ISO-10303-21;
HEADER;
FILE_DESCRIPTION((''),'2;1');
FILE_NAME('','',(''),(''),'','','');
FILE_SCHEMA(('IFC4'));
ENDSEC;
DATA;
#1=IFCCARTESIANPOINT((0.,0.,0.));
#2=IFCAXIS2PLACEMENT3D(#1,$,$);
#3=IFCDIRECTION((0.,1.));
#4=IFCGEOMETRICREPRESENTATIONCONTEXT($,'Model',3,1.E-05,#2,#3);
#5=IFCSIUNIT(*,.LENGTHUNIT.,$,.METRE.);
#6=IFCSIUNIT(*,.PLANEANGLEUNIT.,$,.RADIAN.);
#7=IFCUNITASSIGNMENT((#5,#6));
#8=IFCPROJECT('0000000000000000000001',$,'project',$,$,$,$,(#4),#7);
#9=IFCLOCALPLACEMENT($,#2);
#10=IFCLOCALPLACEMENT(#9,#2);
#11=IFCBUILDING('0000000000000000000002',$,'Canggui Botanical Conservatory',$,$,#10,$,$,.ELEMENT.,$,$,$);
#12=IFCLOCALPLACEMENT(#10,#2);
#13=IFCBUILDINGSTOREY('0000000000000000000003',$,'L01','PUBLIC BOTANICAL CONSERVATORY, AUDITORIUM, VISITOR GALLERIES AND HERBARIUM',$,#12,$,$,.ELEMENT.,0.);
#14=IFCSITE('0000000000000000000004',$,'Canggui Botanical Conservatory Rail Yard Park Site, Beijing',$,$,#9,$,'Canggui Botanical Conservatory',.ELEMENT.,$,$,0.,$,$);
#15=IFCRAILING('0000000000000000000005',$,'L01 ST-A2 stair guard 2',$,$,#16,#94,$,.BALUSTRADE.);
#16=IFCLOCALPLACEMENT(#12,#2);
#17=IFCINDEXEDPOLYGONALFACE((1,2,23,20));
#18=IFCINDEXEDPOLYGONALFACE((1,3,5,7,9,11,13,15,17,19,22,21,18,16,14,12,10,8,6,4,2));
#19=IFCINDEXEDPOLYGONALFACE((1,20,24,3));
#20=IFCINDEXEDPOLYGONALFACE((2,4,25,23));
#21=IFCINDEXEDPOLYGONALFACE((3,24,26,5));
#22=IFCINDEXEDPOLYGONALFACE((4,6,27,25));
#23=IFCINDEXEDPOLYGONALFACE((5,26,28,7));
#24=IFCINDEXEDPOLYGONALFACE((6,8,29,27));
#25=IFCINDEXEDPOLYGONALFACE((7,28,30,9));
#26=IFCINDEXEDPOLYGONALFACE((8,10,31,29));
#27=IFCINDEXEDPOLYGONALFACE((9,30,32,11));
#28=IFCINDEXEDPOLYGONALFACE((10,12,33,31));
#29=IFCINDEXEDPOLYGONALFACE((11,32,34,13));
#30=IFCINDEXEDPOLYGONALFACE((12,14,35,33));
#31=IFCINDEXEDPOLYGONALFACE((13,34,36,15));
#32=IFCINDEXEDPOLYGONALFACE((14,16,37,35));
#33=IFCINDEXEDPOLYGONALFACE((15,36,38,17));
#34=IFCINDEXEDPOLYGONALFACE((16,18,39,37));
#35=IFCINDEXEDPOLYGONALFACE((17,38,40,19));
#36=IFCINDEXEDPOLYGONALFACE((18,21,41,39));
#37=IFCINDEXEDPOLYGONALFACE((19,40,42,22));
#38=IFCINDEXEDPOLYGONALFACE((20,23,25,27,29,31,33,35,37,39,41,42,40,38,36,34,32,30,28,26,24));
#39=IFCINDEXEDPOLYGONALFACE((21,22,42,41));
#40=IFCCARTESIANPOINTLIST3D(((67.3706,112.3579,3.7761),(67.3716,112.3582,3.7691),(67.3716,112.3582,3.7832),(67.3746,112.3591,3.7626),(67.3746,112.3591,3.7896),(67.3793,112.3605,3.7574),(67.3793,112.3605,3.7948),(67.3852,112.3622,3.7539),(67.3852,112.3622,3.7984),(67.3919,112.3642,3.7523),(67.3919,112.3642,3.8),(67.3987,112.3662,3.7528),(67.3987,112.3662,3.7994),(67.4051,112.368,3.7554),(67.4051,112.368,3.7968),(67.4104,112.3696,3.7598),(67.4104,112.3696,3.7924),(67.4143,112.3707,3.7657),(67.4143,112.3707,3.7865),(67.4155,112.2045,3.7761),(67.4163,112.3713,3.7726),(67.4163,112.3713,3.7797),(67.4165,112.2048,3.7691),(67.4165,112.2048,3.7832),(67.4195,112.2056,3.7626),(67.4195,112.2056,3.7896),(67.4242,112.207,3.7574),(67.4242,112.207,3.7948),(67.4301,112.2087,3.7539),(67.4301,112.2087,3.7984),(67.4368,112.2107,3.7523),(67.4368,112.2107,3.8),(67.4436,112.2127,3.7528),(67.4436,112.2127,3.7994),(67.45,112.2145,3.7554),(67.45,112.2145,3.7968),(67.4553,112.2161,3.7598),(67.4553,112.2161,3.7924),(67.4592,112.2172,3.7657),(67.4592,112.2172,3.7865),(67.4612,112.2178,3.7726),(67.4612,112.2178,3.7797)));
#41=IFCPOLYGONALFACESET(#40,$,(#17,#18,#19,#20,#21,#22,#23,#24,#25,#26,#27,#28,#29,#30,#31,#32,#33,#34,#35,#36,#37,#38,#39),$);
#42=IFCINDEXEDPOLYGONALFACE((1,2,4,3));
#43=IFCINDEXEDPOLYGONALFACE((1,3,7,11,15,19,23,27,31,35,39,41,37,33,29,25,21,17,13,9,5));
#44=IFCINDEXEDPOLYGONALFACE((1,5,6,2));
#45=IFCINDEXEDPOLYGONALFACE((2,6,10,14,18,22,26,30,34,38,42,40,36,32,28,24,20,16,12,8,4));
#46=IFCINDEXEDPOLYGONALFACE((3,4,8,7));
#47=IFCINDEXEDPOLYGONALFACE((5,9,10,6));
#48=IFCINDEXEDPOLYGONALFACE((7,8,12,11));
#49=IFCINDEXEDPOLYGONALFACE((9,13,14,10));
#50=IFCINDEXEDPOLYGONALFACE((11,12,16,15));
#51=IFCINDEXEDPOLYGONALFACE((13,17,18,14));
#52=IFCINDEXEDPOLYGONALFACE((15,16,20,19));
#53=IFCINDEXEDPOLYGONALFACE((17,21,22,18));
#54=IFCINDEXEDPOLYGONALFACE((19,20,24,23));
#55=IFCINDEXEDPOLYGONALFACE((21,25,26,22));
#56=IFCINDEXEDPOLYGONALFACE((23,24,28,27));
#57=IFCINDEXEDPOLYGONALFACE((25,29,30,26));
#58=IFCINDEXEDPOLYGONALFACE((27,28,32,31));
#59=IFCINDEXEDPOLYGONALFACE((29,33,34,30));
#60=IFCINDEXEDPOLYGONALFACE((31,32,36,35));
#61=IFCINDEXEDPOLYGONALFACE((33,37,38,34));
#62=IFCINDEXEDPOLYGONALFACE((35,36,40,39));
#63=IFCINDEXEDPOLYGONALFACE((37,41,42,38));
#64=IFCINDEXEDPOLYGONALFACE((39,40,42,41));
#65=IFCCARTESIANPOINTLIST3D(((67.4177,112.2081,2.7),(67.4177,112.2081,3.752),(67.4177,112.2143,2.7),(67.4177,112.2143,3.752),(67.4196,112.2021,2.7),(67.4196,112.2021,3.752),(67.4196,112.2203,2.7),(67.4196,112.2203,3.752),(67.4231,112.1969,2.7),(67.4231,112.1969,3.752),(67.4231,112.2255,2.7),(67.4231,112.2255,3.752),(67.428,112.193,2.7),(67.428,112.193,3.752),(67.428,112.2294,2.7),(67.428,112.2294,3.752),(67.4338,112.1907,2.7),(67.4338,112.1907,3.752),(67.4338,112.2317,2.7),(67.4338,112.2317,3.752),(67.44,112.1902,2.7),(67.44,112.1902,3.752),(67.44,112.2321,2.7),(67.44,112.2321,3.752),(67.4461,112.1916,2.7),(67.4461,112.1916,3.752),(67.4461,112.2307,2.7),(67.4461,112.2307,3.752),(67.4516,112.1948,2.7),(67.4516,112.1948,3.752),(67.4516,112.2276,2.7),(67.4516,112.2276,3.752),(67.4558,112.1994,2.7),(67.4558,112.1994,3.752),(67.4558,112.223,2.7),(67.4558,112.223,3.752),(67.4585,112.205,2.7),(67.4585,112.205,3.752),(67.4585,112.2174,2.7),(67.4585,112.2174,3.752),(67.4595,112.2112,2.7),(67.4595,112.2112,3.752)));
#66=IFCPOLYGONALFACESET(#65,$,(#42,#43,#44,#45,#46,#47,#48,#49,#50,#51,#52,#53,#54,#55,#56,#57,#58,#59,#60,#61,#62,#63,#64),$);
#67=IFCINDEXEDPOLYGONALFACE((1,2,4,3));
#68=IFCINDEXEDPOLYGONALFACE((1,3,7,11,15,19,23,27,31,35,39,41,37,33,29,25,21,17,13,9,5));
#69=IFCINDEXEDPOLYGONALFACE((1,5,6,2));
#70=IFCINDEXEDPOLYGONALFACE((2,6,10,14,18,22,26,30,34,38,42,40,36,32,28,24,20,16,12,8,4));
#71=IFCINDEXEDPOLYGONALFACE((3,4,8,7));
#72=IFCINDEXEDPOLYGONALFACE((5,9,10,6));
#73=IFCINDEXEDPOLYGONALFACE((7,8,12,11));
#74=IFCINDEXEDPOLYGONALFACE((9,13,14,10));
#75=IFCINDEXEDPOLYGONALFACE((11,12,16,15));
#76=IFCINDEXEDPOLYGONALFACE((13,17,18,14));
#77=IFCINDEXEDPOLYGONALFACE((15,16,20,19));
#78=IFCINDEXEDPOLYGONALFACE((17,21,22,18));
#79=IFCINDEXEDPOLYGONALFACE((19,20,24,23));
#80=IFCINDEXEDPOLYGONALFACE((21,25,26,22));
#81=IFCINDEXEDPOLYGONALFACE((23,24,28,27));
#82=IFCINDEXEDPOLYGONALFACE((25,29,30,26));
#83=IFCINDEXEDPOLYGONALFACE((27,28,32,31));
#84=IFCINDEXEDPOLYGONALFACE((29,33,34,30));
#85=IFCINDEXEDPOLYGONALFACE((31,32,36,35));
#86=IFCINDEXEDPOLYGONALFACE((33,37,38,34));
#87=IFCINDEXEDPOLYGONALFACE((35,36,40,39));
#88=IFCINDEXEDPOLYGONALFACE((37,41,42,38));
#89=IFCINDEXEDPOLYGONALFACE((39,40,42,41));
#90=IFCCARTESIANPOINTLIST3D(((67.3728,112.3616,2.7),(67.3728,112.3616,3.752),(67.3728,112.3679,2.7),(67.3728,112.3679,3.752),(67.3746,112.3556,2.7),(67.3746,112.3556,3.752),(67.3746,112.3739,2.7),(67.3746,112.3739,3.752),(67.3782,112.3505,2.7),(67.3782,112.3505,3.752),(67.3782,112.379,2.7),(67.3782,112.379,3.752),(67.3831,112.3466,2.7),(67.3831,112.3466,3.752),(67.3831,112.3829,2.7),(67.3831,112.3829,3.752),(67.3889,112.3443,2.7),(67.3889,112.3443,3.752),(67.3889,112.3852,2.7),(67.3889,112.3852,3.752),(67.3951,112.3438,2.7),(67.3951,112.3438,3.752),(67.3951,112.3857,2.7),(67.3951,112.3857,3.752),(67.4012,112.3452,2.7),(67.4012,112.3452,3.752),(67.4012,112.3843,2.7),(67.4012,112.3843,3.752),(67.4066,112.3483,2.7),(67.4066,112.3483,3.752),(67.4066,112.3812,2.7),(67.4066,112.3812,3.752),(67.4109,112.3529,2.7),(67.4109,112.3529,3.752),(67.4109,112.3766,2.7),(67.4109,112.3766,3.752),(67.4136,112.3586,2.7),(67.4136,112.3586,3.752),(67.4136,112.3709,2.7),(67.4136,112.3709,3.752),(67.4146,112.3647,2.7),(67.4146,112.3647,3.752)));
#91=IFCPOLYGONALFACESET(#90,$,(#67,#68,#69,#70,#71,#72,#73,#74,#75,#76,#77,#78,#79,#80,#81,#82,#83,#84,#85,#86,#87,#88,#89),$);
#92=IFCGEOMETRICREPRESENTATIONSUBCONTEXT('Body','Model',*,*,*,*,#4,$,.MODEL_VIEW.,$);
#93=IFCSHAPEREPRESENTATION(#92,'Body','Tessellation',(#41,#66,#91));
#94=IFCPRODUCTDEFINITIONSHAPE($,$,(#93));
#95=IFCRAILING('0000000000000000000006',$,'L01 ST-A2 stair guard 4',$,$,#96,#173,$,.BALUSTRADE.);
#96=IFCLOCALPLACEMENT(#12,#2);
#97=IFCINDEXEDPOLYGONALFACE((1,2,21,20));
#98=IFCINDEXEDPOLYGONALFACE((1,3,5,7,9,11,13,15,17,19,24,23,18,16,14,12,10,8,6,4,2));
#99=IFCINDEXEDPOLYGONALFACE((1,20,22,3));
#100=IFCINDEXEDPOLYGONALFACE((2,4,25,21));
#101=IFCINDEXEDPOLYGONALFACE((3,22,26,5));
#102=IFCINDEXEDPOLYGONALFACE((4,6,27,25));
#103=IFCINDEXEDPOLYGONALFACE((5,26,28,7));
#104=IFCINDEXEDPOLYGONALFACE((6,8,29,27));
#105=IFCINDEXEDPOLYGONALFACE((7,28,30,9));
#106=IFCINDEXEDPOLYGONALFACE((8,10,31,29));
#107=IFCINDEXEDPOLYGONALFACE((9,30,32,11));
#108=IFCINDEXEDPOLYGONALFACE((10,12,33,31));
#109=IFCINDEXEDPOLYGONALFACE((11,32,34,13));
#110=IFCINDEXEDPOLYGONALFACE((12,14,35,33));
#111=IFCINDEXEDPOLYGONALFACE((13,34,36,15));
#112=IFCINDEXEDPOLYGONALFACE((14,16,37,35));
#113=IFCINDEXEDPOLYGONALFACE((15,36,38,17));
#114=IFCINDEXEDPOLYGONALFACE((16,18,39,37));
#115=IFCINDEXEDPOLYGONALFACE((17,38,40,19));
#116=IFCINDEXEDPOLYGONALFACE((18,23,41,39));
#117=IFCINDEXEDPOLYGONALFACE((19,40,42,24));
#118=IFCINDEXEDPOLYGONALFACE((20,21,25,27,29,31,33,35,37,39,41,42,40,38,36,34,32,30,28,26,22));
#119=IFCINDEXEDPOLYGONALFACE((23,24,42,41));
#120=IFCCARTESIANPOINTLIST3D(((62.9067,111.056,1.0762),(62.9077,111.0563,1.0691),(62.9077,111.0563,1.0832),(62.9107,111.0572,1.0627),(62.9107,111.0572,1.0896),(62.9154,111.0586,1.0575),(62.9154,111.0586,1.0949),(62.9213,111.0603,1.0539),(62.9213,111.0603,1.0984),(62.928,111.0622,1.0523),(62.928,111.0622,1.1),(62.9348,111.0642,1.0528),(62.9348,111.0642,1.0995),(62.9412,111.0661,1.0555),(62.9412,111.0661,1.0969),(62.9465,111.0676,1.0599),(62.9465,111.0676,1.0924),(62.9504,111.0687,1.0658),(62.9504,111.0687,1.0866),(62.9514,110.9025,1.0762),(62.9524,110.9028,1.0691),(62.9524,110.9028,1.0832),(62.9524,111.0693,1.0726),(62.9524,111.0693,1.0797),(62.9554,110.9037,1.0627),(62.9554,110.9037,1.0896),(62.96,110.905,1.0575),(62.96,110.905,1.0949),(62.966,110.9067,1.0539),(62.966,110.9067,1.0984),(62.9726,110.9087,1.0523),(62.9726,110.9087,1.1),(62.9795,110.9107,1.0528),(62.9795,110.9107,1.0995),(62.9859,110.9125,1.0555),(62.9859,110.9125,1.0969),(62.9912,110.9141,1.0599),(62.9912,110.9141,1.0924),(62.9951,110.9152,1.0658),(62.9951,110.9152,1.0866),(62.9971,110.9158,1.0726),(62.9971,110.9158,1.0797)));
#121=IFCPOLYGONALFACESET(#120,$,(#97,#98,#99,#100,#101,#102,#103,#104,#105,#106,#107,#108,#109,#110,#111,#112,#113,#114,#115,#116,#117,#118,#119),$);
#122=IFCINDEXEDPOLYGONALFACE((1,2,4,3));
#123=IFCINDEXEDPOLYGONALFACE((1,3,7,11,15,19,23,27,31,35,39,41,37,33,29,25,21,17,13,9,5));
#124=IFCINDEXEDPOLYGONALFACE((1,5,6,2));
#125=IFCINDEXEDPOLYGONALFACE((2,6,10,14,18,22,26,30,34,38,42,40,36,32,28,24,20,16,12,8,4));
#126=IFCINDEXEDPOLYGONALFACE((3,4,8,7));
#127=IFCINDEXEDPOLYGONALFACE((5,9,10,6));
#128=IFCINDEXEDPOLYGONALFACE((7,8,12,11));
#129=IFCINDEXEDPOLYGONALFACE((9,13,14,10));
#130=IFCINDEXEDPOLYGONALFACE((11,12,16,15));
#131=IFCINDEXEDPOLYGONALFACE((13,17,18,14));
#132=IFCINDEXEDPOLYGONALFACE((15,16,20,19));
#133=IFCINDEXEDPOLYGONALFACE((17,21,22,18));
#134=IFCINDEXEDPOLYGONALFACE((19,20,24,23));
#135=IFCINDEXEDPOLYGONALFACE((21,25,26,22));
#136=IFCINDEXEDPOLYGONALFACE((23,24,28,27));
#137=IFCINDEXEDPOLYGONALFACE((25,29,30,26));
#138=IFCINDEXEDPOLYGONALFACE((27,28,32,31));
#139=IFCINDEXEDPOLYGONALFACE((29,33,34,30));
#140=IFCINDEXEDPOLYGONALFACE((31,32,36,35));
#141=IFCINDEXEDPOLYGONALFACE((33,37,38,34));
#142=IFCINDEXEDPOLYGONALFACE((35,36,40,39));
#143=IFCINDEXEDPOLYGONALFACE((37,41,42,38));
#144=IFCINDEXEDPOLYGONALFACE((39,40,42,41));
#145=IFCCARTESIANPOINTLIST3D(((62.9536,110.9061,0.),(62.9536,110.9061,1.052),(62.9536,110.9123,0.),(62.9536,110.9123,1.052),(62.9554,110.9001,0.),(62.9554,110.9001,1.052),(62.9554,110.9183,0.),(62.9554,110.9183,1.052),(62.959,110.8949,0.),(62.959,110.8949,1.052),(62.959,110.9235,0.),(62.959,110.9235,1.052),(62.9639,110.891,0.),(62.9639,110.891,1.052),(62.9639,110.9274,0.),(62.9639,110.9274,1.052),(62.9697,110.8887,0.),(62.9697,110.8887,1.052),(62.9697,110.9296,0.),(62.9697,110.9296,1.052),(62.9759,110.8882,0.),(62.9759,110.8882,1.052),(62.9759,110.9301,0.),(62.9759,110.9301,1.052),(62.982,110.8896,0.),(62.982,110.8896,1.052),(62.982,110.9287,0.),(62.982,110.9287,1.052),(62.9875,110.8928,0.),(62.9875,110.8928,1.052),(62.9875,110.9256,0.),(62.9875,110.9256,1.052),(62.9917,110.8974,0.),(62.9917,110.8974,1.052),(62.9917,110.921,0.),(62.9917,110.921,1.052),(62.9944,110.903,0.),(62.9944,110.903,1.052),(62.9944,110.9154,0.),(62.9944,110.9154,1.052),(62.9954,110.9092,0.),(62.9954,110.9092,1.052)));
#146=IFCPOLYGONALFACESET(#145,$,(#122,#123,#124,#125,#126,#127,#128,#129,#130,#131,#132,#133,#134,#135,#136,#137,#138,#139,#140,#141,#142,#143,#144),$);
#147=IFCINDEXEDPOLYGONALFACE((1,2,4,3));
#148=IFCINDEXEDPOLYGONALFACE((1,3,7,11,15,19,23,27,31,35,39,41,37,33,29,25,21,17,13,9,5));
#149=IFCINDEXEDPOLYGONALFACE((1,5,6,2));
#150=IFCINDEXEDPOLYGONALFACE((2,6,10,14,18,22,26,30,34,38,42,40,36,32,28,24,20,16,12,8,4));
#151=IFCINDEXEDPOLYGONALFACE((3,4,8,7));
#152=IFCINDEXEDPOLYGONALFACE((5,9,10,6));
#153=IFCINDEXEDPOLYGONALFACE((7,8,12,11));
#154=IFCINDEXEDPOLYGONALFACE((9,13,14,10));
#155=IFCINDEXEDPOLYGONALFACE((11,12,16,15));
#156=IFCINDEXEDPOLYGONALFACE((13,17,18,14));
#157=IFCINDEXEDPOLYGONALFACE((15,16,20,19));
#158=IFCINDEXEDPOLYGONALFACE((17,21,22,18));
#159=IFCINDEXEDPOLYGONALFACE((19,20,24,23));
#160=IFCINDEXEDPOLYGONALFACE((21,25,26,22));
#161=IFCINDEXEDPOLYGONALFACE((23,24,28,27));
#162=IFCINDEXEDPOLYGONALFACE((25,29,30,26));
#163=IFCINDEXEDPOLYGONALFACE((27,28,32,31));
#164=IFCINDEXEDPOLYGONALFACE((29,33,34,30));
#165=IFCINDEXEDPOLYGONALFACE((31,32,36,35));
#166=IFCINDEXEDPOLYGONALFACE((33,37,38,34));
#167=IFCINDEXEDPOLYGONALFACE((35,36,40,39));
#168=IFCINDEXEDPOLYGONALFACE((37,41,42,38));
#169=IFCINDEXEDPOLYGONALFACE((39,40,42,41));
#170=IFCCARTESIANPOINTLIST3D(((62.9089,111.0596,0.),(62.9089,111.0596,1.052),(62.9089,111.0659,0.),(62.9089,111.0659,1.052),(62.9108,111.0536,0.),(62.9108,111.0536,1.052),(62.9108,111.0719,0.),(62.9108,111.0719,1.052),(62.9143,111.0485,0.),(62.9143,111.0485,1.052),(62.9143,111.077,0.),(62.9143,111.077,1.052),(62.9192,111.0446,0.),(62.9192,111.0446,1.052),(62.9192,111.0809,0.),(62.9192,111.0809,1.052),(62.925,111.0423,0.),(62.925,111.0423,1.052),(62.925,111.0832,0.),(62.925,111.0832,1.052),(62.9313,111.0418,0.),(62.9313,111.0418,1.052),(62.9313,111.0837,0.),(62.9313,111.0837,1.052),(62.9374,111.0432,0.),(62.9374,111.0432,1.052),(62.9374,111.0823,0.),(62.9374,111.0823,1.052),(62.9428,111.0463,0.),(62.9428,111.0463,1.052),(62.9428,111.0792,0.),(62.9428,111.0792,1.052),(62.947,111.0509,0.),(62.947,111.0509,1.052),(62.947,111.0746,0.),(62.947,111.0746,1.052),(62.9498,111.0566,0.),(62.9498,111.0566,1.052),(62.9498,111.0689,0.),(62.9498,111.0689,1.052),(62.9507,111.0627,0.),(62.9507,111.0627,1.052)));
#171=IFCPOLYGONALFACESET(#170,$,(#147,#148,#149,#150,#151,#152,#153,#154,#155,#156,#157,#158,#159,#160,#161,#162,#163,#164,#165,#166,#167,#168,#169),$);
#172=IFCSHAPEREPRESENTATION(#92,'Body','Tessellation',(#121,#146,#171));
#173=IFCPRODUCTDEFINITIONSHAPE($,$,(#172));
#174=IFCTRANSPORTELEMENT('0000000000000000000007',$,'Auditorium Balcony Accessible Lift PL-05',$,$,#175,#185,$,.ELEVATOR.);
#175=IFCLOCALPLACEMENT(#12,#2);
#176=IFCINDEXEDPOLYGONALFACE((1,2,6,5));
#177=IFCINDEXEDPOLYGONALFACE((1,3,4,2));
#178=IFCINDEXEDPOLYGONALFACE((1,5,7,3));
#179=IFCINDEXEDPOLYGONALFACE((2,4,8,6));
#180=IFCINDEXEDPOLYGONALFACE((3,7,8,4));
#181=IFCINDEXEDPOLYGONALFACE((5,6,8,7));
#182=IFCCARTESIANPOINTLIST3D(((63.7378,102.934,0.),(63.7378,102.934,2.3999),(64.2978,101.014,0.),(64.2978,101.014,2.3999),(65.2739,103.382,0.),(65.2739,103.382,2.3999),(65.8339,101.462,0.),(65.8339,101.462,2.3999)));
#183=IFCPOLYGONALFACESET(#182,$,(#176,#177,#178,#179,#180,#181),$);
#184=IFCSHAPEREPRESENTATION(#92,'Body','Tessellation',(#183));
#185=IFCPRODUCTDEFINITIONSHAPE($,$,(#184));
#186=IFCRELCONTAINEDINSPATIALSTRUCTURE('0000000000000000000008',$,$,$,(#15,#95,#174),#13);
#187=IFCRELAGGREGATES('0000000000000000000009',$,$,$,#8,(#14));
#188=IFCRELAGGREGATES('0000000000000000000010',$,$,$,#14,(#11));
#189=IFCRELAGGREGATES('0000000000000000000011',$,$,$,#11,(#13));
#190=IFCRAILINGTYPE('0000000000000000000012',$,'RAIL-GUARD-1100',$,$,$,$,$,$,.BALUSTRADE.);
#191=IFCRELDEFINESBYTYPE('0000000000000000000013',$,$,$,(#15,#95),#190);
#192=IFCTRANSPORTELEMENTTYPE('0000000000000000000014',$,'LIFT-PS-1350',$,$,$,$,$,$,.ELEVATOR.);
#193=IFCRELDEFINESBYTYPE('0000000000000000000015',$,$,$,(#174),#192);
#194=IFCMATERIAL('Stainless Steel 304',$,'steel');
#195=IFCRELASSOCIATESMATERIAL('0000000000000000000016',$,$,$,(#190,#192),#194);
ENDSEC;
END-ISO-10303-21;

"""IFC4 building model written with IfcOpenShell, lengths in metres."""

from ifc_helpers import new_model, si_unit, direction, frame, origin, origin_2d, place, context, subcontext, project, spatial, rectangle, circle, extrude, material, type_object, element, save


model = new_model("IFC4")

# Units and contexts
model_context = context("Model", 3, precision=1e-05, world=origin(), true_north=direction((0.0, 1.0)))
body_context = subcontext(model_context, "Body", "Model", "MODEL_VIEW")
ifc_project = project(units=[si_unit("LENGTHUNIT", "METRE"), si_unit("PLANEANGLEUNIT", "RADIAN")], contexts=[model_context])

# Site, building, storey
site_placement = place(None, origin())
site = spatial("IfcSite", under=ifc_project, at=site_placement, Name="Canggui Botanical Conservatory Rail Yard Park Site, Beijing", LongName="Canggui Botanical Conservatory", CompositionType="ELEMENT", RefElevation=0.0)
building_placement = place(site_placement, origin())
building = spatial("IfcBuilding", under=site, at=building_placement, Name="Canggui Botanical Conservatory", CompositionType="ELEMENT")
storey_placement = place(building_placement, origin())
storey = spatial("IfcBuildingStorey", under=building, at=storey_placement, Name="L01", Description="PUBLIC BOTANICAL CONSERVATORY, AUDITORIUM, VISITOR GALLERIES AND HERBARIUM", CompositionType="ELEMENT", Elevation=0.0)

# Railings
ifc_material_1 = material(Name="Stainless Steel 304", Category="steel")
railing_type_1 = type_object("IfcRailingType", Name="RAIL-GUARD-1100", PredefinedType="BALUSTRADE", material=ifc_material_1)
railing_1_placement = place(storey_placement, frame((67.4385, 112.2112, 2.7)))
element("IfcRailing", 1, at=railing_1_placement, inside=storey, type_object=railing_type_1, Name="L01 ST-A2 stair guard 2", PredefinedType="BALUSTRADE", context=body_context, shape_type="SweptSolid", body=[
    extrude(circle(Radius=0.0239, at=origin_2d()), frame((0.0, 0.0, 1.0762), z_axis=(-0.280762, 0.959778, 0.0), x_axis=(-0.959778, -0.280762, 0.0)), (0.0, 0.0, 1.0), 0.1599),
    extrude(circle(Radius=0.021, at=origin_2d()), origin(), (0.0, 0.0, 1.0), 1.052),
    extrude(circle(Radius=0.021, at=origin_2d()), frame((-0.0449, 0.1536, 0.0)), (0.0, 0.0, 1.0), 1.052),
])
railing_2_placement = place(storey_placement, frame((62.9744, 110.9092, 0.0)))
element("IfcRailing", 2, at=railing_2_placement, inside=storey, type_object=railing_type_1, Name="L01 ST-A2 stair guard 4", PredefinedType="BALUSTRADE", context=body_context, shape_type="SweptSolid", body=[
    extrude(circle(Radius=0.0239, at=origin_2d()), frame((0.0, 0.0, 1.0762), z_axis=(-0.279355, 0.960188, 0.0), x_axis=(-0.960188, -0.279355, 0.0)), (0.0, 0.0, 1.0), 0.1599),
    extrude(circle(Radius=0.021, at=origin_2d()), origin(), (0.0, 0.0, 1.0), 1.052),
    extrude(circle(Radius=0.021, at=origin_2d()), frame((-0.0447, 0.1536, 0.0)), (0.0, 0.0, 1.0), 1.052),
])

# Transport element
transport_element_type = type_object("IfcTransportElementType", Name="LIFT-PS-1350", PredefinedType="ELEVATOR", material=ifc_material_1)
transport_element_placement = place(storey_placement, frame((64.7859, 102.198, 0.0), z_axis=(0.0, 0.0, 1.0), x_axis=(0.96, 0.28, 0.0)))
element("IfcTransportElement", 3, at=transport_element_placement, inside=storey, type_object=transport_element_type, Name="Auditorium Balcony Accessible Lift PL-05", PredefinedType="ELEVATOR", context=body_context, shape_type="SweptSolid", body=[
    extrude(rectangle(XDim=1.6001, YDim=2.0, at=origin_2d()), origin(), (0.0, 0.0, 1.0), 2.3999),
])

save(model, "model.ifc")
